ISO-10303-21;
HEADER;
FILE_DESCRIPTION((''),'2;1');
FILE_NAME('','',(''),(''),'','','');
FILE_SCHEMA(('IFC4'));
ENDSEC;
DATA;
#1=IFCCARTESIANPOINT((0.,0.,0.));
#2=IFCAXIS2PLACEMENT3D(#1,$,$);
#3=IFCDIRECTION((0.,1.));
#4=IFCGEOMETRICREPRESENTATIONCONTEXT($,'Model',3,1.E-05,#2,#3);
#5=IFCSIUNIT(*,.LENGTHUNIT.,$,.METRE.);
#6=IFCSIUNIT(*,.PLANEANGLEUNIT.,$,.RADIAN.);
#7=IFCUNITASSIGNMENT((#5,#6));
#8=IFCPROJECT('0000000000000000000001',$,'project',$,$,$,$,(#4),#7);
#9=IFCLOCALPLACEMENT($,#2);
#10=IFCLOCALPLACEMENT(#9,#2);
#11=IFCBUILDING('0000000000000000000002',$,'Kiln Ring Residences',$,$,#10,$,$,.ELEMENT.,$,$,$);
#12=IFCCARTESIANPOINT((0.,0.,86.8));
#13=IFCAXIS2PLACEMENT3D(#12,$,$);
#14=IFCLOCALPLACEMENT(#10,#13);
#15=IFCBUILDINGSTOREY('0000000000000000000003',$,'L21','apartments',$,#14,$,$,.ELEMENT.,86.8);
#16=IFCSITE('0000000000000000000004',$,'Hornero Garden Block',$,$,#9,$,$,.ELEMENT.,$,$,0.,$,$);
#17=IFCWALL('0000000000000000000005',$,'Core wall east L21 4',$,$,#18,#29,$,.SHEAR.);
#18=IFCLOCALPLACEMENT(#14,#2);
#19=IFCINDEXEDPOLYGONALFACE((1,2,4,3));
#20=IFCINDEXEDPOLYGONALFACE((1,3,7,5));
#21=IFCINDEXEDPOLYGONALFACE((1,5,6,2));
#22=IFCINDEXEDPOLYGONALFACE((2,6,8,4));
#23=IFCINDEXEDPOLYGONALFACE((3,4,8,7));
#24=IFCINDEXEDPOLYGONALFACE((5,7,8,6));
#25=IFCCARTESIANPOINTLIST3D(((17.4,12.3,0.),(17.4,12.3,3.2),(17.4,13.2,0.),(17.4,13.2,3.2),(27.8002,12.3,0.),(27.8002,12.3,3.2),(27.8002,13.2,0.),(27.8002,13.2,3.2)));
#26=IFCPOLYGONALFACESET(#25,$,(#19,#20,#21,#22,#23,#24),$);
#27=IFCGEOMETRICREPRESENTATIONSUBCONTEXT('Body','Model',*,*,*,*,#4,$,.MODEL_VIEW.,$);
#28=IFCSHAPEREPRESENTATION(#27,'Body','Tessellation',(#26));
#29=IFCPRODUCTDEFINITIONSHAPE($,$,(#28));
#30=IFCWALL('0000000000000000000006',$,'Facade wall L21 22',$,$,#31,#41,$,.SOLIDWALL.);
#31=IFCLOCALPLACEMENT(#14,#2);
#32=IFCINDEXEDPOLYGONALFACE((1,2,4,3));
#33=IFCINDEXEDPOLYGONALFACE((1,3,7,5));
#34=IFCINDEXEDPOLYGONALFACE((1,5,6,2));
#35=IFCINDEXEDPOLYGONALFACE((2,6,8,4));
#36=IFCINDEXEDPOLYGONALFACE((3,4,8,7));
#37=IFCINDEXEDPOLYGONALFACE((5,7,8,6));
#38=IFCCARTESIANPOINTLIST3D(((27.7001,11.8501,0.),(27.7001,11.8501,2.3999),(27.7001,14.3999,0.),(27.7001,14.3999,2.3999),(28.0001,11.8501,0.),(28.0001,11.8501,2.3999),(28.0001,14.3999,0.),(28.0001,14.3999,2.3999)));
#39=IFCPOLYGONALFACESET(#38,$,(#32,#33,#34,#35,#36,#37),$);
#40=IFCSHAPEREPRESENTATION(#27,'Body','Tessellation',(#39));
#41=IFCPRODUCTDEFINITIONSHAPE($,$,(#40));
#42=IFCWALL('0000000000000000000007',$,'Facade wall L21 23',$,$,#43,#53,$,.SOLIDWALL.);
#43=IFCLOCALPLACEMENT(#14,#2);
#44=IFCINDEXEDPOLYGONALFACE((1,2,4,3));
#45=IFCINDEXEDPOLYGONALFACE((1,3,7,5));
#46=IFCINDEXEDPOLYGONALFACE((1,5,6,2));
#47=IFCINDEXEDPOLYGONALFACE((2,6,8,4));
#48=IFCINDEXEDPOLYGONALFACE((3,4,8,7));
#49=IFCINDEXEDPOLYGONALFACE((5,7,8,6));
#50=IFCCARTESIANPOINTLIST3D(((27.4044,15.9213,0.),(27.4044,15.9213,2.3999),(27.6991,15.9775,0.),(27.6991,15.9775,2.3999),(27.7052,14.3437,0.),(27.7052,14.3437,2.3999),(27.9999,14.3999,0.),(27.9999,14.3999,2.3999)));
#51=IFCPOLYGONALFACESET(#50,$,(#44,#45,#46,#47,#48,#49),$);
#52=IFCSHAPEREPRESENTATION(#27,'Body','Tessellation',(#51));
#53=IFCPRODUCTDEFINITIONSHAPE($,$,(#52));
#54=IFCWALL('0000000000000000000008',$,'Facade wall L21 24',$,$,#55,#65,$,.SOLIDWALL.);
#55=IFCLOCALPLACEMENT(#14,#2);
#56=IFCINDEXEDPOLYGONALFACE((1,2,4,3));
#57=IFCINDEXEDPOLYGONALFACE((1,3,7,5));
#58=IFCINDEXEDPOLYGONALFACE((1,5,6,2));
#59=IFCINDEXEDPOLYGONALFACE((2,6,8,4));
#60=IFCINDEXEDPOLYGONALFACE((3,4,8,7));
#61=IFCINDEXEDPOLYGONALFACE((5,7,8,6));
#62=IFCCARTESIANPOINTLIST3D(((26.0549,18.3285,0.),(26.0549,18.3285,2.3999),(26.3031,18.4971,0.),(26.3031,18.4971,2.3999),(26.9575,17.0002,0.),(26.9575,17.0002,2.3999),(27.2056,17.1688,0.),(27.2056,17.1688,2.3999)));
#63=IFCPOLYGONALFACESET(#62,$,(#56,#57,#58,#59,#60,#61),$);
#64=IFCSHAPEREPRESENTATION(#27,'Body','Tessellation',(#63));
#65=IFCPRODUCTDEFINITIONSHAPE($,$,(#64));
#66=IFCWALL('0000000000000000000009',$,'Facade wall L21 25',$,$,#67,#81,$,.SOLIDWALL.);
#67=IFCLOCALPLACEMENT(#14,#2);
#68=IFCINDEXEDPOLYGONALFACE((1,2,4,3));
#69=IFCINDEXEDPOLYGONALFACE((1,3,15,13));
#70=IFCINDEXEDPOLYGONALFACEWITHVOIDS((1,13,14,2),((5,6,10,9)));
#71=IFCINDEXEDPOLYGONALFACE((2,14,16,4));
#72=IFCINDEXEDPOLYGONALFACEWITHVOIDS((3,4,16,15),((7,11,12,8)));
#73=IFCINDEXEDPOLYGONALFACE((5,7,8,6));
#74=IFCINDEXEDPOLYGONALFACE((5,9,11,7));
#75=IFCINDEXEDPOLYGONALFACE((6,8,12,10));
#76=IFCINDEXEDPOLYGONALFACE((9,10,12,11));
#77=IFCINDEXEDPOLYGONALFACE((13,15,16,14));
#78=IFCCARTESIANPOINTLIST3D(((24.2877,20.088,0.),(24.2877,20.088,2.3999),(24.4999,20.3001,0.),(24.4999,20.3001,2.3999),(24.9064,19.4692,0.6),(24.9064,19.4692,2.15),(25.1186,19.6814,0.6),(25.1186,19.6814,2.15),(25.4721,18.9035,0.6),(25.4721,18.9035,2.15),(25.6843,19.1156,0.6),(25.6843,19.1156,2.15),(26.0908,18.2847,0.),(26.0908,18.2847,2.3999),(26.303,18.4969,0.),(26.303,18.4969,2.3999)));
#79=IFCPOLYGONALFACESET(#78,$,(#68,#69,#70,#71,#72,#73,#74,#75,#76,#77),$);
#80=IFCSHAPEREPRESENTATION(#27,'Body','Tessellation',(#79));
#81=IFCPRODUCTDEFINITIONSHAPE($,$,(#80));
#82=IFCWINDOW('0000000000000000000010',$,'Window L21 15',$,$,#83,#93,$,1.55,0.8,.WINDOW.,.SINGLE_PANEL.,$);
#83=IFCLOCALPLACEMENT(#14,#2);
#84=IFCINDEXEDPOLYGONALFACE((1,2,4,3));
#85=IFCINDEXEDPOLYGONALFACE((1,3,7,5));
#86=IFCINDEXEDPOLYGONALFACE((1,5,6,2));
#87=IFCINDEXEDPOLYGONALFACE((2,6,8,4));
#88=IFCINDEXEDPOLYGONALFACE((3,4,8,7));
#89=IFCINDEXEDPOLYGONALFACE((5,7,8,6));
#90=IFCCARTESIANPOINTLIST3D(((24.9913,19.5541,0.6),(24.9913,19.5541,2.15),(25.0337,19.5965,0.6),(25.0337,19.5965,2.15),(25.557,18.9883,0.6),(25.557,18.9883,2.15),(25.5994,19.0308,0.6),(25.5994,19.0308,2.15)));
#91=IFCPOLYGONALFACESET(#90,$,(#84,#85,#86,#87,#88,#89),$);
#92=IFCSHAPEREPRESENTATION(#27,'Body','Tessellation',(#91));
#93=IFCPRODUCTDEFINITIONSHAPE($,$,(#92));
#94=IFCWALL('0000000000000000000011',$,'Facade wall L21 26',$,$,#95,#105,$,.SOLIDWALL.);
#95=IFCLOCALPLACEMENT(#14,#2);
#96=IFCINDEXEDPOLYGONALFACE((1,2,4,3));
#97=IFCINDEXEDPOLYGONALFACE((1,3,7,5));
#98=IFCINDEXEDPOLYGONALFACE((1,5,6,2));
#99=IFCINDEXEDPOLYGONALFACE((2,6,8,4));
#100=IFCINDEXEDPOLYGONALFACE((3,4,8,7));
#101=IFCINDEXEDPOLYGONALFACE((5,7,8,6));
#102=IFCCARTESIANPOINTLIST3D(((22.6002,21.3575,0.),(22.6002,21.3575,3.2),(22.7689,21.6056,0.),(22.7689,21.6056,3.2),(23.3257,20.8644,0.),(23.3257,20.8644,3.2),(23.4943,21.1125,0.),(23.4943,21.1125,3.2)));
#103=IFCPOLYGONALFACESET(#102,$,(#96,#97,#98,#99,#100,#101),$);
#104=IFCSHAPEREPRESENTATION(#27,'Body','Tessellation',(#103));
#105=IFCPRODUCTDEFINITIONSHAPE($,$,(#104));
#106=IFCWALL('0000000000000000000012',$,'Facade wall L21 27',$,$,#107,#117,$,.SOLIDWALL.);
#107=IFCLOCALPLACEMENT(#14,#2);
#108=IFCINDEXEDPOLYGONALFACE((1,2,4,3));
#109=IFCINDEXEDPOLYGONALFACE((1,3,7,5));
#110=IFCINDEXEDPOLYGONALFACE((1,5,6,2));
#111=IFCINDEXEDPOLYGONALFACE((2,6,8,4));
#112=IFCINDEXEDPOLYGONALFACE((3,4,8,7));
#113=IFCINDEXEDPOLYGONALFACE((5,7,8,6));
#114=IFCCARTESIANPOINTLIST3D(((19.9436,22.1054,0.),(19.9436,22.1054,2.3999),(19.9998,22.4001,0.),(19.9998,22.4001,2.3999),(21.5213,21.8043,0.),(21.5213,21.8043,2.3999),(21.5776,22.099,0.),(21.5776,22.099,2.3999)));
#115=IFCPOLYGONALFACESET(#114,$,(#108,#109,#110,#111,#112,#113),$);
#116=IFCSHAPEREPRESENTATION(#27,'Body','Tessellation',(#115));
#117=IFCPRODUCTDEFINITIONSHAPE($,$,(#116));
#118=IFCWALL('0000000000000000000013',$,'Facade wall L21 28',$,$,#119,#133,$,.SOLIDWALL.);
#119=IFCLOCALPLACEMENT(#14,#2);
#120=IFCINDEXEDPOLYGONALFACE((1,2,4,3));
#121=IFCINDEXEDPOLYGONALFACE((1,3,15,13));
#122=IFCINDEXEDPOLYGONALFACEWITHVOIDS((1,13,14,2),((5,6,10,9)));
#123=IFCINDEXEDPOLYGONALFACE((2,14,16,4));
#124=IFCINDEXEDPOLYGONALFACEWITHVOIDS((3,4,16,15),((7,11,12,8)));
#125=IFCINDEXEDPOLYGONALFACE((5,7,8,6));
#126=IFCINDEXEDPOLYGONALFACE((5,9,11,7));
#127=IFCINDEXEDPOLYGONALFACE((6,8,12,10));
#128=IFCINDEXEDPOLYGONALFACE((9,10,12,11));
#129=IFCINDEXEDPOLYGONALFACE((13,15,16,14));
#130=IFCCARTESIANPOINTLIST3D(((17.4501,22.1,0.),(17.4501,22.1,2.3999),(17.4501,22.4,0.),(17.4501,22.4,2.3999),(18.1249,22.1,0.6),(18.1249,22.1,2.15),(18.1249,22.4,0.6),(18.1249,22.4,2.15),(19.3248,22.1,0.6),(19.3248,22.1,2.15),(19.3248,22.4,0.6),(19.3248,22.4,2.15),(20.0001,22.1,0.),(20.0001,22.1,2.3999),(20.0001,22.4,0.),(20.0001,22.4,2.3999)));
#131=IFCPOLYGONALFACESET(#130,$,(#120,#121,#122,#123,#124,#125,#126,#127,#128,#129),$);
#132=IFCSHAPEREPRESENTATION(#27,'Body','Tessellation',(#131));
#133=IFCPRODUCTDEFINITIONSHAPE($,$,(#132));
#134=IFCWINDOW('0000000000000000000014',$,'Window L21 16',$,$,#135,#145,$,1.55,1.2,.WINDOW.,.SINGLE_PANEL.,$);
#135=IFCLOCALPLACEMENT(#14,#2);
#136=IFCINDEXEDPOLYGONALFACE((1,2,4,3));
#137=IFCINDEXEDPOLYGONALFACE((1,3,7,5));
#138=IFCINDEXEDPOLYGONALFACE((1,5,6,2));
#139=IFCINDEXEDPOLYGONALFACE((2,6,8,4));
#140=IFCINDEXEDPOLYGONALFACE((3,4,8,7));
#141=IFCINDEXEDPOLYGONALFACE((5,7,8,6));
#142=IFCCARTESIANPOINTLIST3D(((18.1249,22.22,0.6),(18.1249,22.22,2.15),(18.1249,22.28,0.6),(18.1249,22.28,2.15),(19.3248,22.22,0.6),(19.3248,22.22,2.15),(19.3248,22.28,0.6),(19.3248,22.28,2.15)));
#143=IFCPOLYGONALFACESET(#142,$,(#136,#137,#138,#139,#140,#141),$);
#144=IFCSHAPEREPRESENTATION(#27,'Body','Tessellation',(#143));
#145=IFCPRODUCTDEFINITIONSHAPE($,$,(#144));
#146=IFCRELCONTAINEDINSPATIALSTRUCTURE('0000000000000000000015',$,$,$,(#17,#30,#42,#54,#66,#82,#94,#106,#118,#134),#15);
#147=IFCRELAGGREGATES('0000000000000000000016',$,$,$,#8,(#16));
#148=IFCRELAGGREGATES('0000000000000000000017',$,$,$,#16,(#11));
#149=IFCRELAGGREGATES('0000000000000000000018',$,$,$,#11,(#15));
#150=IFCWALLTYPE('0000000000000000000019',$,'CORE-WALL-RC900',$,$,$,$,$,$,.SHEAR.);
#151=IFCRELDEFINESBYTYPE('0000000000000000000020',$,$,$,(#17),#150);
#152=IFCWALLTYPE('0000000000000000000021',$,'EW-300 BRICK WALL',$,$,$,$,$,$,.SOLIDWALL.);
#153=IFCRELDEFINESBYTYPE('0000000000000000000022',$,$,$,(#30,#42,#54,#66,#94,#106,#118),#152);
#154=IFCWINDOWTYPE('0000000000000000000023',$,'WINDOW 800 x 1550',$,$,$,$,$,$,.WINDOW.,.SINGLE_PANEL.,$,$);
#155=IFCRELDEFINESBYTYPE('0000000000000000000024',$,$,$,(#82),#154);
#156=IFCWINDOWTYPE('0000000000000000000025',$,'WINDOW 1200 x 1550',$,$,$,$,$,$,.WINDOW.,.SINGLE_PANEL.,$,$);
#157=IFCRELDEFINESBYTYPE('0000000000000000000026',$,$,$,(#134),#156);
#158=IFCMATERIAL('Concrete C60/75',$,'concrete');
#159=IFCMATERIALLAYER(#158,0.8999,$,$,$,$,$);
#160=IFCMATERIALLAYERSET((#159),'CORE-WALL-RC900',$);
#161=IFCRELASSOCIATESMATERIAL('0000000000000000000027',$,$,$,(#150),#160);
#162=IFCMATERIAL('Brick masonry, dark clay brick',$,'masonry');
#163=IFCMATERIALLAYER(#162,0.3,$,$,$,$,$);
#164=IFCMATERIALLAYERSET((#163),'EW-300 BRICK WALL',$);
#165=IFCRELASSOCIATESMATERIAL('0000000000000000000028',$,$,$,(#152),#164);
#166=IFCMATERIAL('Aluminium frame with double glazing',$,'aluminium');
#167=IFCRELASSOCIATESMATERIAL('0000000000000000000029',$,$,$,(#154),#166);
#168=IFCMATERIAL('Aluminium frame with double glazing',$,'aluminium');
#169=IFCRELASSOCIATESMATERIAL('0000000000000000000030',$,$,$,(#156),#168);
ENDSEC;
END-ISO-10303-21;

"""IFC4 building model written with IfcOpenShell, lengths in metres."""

from ifc_helpers import new_model, si_unit, direction, frame, frame_2d, origin, place, context, subcontext, project, spatial, rectangle, extrude, material, layer, layer_set, type_object, element, fill, save


model = new_model("IFC4")

# Units and contexts
model_context = context("Model", 3, precision=1e-05, world=origin(), true_north=direction((0.0, 1.0)))
body_context = subcontext(model_context, "Body", "Model", "MODEL_VIEW")
ifc_project = project(units=[si_unit("LENGTHUNIT", "METRE"), si_unit("PLANEANGLEUNIT", "RADIAN")], contexts=[model_context])

# Site, building, storey
site_placement = place(None, origin())
site = spatial("IfcSite", under=ifc_project, at=site_placement, Name="Hornero Garden Block", CompositionType="ELEMENT", RefElevation=0.0)
building_placement = place(site_placement, origin())
building = spatial("IfcBuilding", under=site, at=building_placement, Name="Kiln Ring Residences", CompositionType="ELEMENT")
storey_placement = place(building_placement, frame((0.0, 0.0, 86.8)))
storey = spatial("IfcBuildingStorey", under=building, at=storey_placement, Name="L21", Description="apartments", CompositionType="ELEMENT", Elevation=86.8)

# Walls
ifc_material_1 = material(Name="Concrete C60/75", Category="concrete")
ifc_layer_1 = layer(ifc_material_1, 0.8999)
ifc_layer_set_1 = layer_set([ifc_layer_1], Name="CORE-WALL-RC900")
wall_type_1 = type_object("IfcWallType", Name="CORE-WALL-RC900", PredefinedType="SHEAR", material=ifc_layer_set_1)
wall_1_placement = place(storey_placement, frame((17.3999, 12.75, 0.0), z_axis=(0.0, 0.0, 1.0), x_axis=(1.0, 0.0, 0.0)))
element("IfcWall", 1, at=wall_1_placement, inside=storey, type_object=wall_type_1, Name="Core wall east L21 4", PredefinedType="SHEAR", context=body_context, shape_type="SweptSolid", body=[
    extrude(rectangle(XDim=10.4001, YDim=0.8999, at=frame_2d((5.2002, 0.0))), origin(), (0.0, 0.0, 1.0), 3.2),
])
ifc_material_2 = material(Name="Brick masonry, dark clay brick", Category="masonry")
ifc_layer_2 = layer(ifc_material_2, 0.3)
ifc_layer_set_2 = layer_set([ifc_layer_2], Name="EW-300 BRICK WALL")
wall_type_2 = type_object("IfcWallType", Name="EW-300 BRICK WALL", PredefinedType="SOLIDWALL", material=ifc_layer_set_2)
wall_2_placement = place(storey_placement, frame((27.8501, 11.8501, 0.0), z_axis=(0.0, 0.0, 1.0), x_axis=(0.0, 1.0, 0.0)))
element("IfcWall", 2, at=wall_2_placement, inside=storey, type_object=wall_type_2, Name="Facade wall L21 22", PredefinedType="SOLIDWALL", context=body_context, shape_type="SweptSolid", body=[
    extrude(rectangle(XDim=2.5498, YDim=0.3, at=frame_2d((1.2749, 0.0))), origin(), (0.0, 0.0, 1.0), 2.3999),
])
for number, where, z_axis, x_axis, name in (
    (3, (27.8525, 14.3718, 0.0), (0.0, 0.0, 1.0), (-0.18728, 0.982307, 0.0), "Facade wall L21 23"),
    (4, (27.0815, 17.0845, 0.0), (0.0, 0.0, 1.0), (-0.562011, 0.82713, 0.0), "Facade wall L21 24"),
):
    element("IfcWall", number, at=place(storey_placement, frame(where, z_axis=z_axis, x_axis=x_axis)), inside=storey, type_object=wall_type_2, Name=name, PredefinedType="SOLIDWALL", context=body_context, shape_type="SweptSolid", body=[
        extrude(rectangle(XDim=1.606, YDim=0.3, at=frame_2d((0.803, 0.0))), origin(), (0.0, 0.0, 1.0), 2.3999),
    ])

# Wall, opening, window
wall_3_placement = place(storey_placement, frame((26.1968, 18.3909, 0.0), z_axis=(0.0, 0.0, 1.0), x_axis=(-0.707059, 0.707155, 0.0)))
wall_3 = element("IfcWall", 5, at=wall_3_placement, inside=storey, type_object=wall_type_2, Name="Facade wall L21 25", PredefinedType="SOLIDWALL", context=body_context, shape_type="SweptSolid", body=[
    extrude(rectangle(XDim=2.55, YDim=0.3, at=frame_2d((1.2749, 0.0))), origin(), (0.0, 0.0, 1.0), 2.3999),
])
opening_1_placement = place(wall_3_placement, frame((0.875, 0.0, 0.6001)))
opening_1 = element("IfcOpeningElement", 6, at=opening_1_placement, cuts=wall_3, PredefinedType="OPENING", context=body_context, shape_type="SweptSolid", body=[
    extrude(rectangle(XDim=0.8, YDim=1.55, at=frame_2d((0.3999, 0.7749))), frame((0.0, 0.1599, 0.0), z_axis=(0.0, -1.0, 0.0), x_axis=(1.0, 0.0, 0.0)), (0.0, 0.0, 1.0), 0.3201),
])
ifc_material_3 = material(Name="Aluminium frame with double glazing", Category="aluminium")
window_type_1 = type_object("IfcWindowType", Name="WINDOW 800 x 1550", PartitioningType="SINGLE_PANEL", PredefinedType="WINDOW", material=ifc_material_3)
window_1_placement = place(opening_1_placement, origin())
window_1 = element("IfcWindow", 7, at=window_1_placement, inside=storey, type_object=window_type_1, Name="Window L21 15", OverallHeight=1.55, OverallWidth=0.8, PartitioningType="SINGLE_PANEL", PredefinedType="WINDOW", context=body_context, shape_type="SweptSolid", body=[
    extrude(rectangle(XDim=0.8, YDim=1.55, at=frame_2d((0.3999, 0.7749))), frame((0.0, 0.03, 0.0), z_axis=(0.0, -1.0, 0.0), x_axis=(1.0, 0.0, 0.0)), (0.0, 0.0, 1.0), 0.0601),
])
fill(opening_1, window_1)

# Walls
wall_4_placement = place(storey_placement, frame((23.4099, 20.9885, 0.0), z_axis=(0.0, 0.0, 1.0), x_axis=(-0.827051, 0.562127, 0.0)))
element("IfcWall", 8, at=wall_4_placement, inside=storey, type_object=wall_type_2, Name="Facade wall L21 26", PredefinedType="SOLIDWALL", context=body_context, shape_type="SweptSolid", body=[
    extrude(rectangle(XDim=0.8772, YDim=0.3, at=frame_2d((0.4385, 0.0))), origin(), (0.0, 0.0, 1.0), 3.2),
])
wall_5_placement = place(storey_placement, frame((21.5496, 21.9517, 0.0), z_axis=(0.0, 0.0, 1.0), x_axis=(-0.982279, 0.187426, 0.0)))
element("IfcWall", 9, at=wall_5_placement, inside=storey, type_object=wall_type_2, Name="Facade wall L21 27", PredefinedType="SOLIDWALL", context=body_context, shape_type="SweptSolid", body=[
    extrude(rectangle(XDim=1.6062, YDim=0.3, at=frame_2d((0.8032, 0.0))), origin(), (0.0, 0.0, 1.0), 2.3999),
])

# Wall, opening, window
wall_6_placement = place(storey_placement, frame((20.0, 22.25, 0.0), z_axis=(0.0, 0.0, 1.0), x_axis=(-1.0, 0.0, 0.0)))
wall_6 = element("IfcWall", 10, at=wall_6_placement, inside=storey, type_object=wall_type_2, Name="Facade wall L21 28", PredefinedType="SOLIDWALL", context=body_context, shape_type="SweptSolid", body=[
    extrude(rectangle(XDim=2.55, YDim=0.3, at=frame_2d((1.2749, 0.0))), origin(), (0.0, 0.0, 1.0), 2.3999),
])
opening_2_placement = place(wall_6_placement, frame((0.675, 0.0, 0.6001)))
opening_2 = element("IfcOpeningElement", 11, at=opening_2_placement, cuts=wall_6, PredefinedType="OPENING", context=body_context, shape_type="SweptSolid", body=[
    extrude(rectangle(XDim=1.2, YDim=1.55, at=frame_2d((0.6001, 0.7749))), frame((0.0, 0.1599, 0.0), z_axis=(0.0, -1.0, 0.0), x_axis=(1.0, 0.0, 0.0)), (0.0, 0.0, 1.0), 0.3201),
])
ifc_material_4 = material(Name="Aluminium frame with double glazing", Category="aluminium")
window_type_2 = type_object("IfcWindowType", Name="WINDOW 1200 x 1550", PartitioningType="SINGLE_PANEL", PredefinedType="WINDOW", material=ifc_material_4)
window_2_placement = place(opening_2_placement, origin())
window_2 = element("IfcWindow", 12, at=window_2_placement, inside=storey, type_object=window_type_2, Name="Window L21 16", OverallHeight=1.55, OverallWidth=1.2, PartitioningType="SINGLE_PANEL", PredefinedType="WINDOW", context=body_context, shape_type="SweptSolid", body=[
    extrude(rectangle(XDim=1.2, YDim=1.55, at=frame_2d((0.6001, 0.7749))), frame((0.0, 0.03, 0.0), z_axis=(0.0, -1.0, 0.0), x_axis=(1.0, 0.0, 0.0)), (0.0, 0.0, 1.0), 0.0601),
])
fill(opening_2, window_2)

save(model, "model.ifc")
